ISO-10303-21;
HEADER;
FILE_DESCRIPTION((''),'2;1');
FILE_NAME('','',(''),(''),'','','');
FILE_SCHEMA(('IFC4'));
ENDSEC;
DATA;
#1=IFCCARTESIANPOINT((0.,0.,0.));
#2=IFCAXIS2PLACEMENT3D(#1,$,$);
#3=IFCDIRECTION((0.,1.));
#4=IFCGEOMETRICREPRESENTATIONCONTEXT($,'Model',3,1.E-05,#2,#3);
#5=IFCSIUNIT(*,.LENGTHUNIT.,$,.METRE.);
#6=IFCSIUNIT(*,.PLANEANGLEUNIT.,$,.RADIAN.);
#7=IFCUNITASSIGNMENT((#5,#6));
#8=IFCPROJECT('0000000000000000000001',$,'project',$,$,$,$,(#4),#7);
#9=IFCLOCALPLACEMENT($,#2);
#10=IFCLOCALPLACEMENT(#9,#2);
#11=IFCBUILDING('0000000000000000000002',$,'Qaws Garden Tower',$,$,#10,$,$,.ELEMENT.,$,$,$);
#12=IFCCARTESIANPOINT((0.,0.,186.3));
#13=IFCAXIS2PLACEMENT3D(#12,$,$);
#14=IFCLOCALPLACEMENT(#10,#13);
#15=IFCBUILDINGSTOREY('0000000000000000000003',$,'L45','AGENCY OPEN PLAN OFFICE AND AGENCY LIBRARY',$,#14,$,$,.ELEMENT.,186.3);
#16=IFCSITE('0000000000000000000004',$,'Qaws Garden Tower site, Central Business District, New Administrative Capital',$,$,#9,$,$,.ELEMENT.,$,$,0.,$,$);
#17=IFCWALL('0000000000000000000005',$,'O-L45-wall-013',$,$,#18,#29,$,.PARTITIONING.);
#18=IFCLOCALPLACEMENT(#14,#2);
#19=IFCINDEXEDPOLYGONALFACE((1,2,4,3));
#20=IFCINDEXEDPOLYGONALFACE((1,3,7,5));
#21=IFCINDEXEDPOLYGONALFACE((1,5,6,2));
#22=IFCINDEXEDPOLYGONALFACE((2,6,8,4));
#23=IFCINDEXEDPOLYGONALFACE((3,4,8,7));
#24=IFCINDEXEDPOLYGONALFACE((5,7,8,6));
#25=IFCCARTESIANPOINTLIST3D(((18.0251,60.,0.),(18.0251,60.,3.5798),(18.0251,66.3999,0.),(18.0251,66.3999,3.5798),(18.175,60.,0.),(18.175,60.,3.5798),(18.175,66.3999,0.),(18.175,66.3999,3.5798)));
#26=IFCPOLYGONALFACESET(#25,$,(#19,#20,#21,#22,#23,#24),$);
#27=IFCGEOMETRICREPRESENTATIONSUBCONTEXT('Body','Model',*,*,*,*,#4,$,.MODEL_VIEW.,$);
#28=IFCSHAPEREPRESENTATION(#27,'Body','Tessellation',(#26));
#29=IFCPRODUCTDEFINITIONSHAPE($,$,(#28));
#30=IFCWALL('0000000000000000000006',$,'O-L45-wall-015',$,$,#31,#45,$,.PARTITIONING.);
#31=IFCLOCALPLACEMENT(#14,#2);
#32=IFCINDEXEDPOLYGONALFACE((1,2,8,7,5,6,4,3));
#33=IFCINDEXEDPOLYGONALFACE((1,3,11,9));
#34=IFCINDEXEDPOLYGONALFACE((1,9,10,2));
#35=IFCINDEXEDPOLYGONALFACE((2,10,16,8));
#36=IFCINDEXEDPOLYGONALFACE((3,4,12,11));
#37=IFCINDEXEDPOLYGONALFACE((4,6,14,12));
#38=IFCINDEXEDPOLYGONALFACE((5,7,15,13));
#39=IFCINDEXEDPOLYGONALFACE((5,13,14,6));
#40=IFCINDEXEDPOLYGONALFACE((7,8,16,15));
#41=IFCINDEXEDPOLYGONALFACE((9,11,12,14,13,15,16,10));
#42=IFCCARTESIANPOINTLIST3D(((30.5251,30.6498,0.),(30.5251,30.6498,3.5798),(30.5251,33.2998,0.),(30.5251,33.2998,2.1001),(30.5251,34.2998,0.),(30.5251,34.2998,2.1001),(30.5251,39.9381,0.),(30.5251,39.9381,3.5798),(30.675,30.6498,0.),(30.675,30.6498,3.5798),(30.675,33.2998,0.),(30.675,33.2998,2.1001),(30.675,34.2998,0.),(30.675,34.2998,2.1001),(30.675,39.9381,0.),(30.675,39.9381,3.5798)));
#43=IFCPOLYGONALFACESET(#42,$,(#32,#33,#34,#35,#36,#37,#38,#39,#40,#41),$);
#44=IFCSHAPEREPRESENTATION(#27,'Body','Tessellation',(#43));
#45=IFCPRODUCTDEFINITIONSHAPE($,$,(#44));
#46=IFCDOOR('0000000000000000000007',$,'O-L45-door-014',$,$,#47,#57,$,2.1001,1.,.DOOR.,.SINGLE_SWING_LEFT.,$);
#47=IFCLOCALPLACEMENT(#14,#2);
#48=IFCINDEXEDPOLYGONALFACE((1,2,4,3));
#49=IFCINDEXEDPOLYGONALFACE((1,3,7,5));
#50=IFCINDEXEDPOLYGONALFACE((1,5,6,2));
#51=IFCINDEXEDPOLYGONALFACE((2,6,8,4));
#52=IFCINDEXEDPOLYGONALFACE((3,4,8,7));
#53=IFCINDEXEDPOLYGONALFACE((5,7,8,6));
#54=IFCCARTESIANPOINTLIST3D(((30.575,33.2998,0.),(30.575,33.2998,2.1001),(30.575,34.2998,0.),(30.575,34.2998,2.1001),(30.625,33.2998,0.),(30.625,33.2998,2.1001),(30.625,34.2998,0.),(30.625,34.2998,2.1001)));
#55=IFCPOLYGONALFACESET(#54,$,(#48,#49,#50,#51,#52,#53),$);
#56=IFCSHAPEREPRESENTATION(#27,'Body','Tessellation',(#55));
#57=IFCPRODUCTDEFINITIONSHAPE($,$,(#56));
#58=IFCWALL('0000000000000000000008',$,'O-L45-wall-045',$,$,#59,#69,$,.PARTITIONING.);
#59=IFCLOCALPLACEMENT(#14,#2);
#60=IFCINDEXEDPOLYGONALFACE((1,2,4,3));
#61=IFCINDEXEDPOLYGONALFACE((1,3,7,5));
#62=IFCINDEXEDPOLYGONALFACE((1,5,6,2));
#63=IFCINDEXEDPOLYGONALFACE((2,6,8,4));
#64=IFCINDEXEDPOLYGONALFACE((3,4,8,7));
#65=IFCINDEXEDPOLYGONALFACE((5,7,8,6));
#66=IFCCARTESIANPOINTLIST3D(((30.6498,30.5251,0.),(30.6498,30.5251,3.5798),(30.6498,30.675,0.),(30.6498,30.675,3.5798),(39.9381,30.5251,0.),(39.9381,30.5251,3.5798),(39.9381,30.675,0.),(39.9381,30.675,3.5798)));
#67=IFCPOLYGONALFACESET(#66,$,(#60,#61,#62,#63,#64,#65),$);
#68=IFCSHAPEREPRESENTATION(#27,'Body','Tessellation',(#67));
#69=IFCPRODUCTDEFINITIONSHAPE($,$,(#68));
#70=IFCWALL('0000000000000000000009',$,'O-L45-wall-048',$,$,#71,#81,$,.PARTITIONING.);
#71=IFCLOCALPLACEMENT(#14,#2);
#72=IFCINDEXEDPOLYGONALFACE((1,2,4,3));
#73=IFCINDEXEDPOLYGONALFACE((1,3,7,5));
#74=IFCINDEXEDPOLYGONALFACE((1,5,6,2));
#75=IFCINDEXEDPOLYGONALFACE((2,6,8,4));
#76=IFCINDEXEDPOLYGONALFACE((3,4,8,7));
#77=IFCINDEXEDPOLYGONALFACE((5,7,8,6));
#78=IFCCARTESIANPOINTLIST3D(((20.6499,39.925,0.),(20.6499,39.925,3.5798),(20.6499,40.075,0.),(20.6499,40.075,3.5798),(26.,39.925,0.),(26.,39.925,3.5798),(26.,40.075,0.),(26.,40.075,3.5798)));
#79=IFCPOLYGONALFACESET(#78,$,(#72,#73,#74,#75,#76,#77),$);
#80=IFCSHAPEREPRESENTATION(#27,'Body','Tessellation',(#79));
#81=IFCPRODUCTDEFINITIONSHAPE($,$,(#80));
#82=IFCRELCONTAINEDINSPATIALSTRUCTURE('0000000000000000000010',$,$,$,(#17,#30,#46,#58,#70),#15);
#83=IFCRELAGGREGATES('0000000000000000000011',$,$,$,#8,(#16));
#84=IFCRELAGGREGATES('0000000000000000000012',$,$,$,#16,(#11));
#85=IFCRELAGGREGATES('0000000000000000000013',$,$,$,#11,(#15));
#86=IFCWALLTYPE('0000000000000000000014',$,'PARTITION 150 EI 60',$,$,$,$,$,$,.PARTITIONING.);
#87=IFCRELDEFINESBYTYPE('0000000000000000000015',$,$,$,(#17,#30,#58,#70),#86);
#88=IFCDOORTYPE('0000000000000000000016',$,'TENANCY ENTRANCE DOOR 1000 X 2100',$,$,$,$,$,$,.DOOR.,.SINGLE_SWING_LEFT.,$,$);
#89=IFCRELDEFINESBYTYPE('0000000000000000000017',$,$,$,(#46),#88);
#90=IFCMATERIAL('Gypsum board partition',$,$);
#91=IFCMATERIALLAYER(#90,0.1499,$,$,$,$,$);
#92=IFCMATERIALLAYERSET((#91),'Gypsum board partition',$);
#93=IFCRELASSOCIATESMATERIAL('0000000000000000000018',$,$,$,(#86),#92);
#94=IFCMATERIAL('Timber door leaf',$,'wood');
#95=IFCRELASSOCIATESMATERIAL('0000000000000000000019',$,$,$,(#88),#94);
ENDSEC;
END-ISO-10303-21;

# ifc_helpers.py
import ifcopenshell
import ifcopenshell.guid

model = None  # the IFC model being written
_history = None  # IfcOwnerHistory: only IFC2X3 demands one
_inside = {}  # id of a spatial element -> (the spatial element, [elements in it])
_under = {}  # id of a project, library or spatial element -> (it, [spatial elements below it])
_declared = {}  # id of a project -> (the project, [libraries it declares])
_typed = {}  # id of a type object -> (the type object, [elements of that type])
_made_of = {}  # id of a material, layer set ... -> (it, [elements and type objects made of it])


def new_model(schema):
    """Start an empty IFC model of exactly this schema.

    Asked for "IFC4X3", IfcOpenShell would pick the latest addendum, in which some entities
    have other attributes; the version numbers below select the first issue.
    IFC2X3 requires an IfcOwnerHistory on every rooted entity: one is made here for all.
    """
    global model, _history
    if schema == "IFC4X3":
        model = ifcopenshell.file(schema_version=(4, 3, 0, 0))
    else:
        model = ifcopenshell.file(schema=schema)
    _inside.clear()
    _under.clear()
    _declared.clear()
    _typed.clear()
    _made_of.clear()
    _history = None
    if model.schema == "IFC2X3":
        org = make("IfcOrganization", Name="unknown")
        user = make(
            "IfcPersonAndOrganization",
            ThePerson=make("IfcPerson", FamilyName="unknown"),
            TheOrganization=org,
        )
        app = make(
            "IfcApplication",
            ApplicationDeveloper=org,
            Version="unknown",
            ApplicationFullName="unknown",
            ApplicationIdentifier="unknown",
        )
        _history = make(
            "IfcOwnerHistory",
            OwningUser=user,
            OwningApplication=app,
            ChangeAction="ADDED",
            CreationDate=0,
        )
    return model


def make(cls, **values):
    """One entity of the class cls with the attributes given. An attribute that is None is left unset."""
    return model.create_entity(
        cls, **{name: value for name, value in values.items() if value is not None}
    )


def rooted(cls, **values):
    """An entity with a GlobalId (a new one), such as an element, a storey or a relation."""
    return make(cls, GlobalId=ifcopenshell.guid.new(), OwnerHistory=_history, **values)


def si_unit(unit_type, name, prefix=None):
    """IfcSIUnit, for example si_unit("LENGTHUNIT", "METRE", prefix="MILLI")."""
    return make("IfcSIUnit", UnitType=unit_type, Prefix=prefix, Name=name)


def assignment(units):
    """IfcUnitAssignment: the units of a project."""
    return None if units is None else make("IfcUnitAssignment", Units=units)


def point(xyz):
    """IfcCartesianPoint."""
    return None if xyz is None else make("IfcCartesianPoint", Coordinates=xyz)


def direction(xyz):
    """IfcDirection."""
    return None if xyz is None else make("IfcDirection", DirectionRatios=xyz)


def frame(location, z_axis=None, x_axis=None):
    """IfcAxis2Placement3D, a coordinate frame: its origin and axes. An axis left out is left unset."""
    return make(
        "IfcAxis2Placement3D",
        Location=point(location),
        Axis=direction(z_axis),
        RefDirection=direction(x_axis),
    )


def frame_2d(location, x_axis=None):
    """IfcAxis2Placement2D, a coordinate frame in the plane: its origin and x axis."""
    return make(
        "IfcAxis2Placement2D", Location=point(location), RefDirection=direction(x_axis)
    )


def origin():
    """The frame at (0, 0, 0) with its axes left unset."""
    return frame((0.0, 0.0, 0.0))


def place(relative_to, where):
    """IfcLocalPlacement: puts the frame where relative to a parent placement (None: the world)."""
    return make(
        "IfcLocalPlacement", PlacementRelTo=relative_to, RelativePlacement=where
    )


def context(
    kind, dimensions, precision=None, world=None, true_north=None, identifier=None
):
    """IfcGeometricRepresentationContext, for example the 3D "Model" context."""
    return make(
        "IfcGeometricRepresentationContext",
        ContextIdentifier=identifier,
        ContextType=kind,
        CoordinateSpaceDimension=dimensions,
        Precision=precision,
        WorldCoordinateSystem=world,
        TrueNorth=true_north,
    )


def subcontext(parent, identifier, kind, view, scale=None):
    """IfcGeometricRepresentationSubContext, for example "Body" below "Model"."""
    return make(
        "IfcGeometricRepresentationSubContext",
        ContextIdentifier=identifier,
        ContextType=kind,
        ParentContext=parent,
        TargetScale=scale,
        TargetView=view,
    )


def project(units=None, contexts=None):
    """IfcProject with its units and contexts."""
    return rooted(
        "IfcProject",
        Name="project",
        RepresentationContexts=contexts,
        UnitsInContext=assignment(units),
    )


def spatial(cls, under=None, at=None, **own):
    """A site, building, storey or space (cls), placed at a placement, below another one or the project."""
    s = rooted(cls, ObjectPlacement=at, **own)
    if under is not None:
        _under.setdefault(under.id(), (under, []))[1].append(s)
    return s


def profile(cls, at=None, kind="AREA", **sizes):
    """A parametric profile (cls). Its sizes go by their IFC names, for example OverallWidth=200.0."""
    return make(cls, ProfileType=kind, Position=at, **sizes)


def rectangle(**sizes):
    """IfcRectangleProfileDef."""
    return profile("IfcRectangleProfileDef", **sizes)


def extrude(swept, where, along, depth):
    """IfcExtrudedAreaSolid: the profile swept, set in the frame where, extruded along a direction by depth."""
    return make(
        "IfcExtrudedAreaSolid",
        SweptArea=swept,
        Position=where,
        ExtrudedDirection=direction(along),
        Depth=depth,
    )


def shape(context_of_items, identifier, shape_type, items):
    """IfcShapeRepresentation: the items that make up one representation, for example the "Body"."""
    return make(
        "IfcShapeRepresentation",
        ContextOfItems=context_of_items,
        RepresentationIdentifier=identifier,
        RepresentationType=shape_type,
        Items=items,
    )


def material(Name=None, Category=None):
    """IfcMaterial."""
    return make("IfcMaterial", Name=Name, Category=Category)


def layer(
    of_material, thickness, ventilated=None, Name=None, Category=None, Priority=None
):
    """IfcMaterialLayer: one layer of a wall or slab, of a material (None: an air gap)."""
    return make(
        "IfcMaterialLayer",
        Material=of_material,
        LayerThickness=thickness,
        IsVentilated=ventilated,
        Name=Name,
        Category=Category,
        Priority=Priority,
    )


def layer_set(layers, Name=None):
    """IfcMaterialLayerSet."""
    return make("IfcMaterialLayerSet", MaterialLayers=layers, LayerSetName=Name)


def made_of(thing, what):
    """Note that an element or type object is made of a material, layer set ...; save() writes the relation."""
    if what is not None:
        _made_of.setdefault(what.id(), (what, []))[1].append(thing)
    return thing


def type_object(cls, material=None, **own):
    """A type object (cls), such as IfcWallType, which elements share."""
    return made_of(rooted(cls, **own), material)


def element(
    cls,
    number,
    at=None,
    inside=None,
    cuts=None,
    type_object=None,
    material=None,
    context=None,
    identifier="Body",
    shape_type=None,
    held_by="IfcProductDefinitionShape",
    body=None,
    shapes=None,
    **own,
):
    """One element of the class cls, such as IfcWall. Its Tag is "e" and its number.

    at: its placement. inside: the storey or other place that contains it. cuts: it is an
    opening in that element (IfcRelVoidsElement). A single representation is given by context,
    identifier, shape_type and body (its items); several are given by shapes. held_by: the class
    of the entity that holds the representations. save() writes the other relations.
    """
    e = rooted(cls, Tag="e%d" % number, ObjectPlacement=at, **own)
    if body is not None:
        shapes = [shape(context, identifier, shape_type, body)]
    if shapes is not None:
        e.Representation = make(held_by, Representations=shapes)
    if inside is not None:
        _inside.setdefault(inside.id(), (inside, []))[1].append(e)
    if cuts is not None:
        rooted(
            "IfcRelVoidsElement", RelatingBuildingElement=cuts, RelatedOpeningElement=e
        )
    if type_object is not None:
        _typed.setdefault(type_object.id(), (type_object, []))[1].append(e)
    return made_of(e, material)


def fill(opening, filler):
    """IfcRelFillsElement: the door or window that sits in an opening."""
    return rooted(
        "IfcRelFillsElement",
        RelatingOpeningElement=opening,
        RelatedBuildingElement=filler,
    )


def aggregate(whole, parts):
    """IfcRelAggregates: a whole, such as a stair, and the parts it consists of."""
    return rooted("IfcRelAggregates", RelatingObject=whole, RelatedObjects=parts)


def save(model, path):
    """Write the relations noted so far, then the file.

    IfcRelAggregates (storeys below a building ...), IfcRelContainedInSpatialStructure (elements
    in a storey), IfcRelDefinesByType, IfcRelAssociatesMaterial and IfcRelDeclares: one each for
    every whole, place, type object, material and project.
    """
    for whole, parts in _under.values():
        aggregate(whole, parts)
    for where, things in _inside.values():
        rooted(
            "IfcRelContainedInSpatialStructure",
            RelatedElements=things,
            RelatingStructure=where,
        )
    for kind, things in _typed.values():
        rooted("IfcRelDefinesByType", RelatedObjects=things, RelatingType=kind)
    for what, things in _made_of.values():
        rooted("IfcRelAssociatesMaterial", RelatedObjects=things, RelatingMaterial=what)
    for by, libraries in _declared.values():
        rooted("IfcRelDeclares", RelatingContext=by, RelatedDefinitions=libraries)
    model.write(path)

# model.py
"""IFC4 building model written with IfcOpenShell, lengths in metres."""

from ifc_helpers import new_model, si_unit, direction, frame, frame_2d, origin, place, context, subcontext, project, spatial, rectangle, extrude, material, layer, layer_set, type_object, element, fill, save


model = new_model("IFC4")

# Units and contexts
model_context = context("Model", 3, precision=1e-05, world=origin(), true_north=direction((0.0, 1.0)))
body_context = subcontext(model_context, "Body", "Model", "MODEL_VIEW")
ifc_project = project(units=[si_unit("LENGTHUNIT", "METRE"), si_unit("PLANEANGLEUNIT", "RADIAN")], contexts=[model_context])

# Site, building, storey
site_placement = place(None, origin())
site = spatial("IfcSite", under=ifc_project, at=site_placement, Name="Qaws Garden Tower site, Central Business District, New Administrative Capital", CompositionType="ELEMENT", RefElevation=0.0)
building_placement = place(site_placement, origin())
building = spatial("IfcBuilding", under=site, at=building_placement, Name="Qaws Garden Tower", CompositionType="ELEMENT")
storey_placement = place(building_placement, frame((0.0, 0.0, 186.3)))
storey = spatial("IfcBuildingStorey", under=building, at=storey_placement, Name="L45", Description="AGENCY OPEN PLAN OFFICE AND AGENCY LIBRARY", CompositionType="ELEMENT", Elevation=186.3)

# Wall
ifc_material_1 = material(Name="Gypsum board partition")
ifc_layer_1 = layer(ifc_material_1, 0.1499)
ifc_layer_set_1 = layer_set([ifc_layer_1], Name="Gypsum board partition")
wall_type_1 = type_object("IfcWallType", Name="PARTITION 150 EI 60", PredefinedType="PARTITIONING", material=ifc_layer_set_1)
wall_1_placement = place(storey_placement, frame((18.1001, 60.0, 0.0), z_axis=(0.0, 0.0, 1.0), x_axis=(0.0, 1.0, 0.0)))
element("IfcWall", 1, at=wall_1_placement, inside=storey, type_object=wall_type_1, Name="O-L45-wall-013", PredefinedType="PARTITIONING", context=body_context, shape_type="SweptSolid", body=[
    extrude(rectangle(XDim=6.3999, YDim=0.1499, at=frame_2d((3.2, 0.0))), origin(), (0.0, 0.0, 1.0), 3.5798),
])

# Wall, opening, door
wall_2_placement = place(storey_placement, frame((30.6001, 30.6499, 0.0), z_axis=(0.0, 0.0, 1.0), x_axis=(0.0, 1.0, 0.0)))
wall_2 = element("IfcWall", 2, at=wall_2_placement, inside=storey, type_object=wall_type_1, Name="O-L45-wall-015", PredefinedType="PARTITIONING", context=body_context, shape_type="SweptSolid", body=[
    extrude(rectangle(XDim=9.2883, YDim=0.1499, at=frame_2d((4.644, 0.0))), origin(), (0.0, 0.0, 1.0), 3.5798),
])
opening_1_placement = place(wall_2_placement, frame((2.6499, 0.0, 0.0)))
opening_1 = element("IfcOpeningElement", 3, at=opening_1_placement, cuts=wall_2, PredefinedType="OPENING", context=body_context, shape_type="SweptSolid", body=[
    extrude(rectangle(XDim=1.0, YDim=2.1001, at=frame_2d((0.5, 1.05))), frame((0.0, 0.085, 0.0), z_axis=(0.0, -1.0, 0.0), x_axis=(1.0, 0.0, 0.0)), (0.0, 0.0, 1.0), 0.1699),
])
ifc_material_2 = material(Name="Timber door leaf", Category="wood")
door_type = type_object("IfcDoorType", Name="TENANCY ENTRANCE DOOR 1000 X 2100", OperationType="SINGLE_SWING_LEFT", PredefinedType="DOOR", material=ifc_material_2)
door_placement = place(opening_1_placement, frame((1.0, 0.0, 0.0), z_axis=(0.0, 0.0, 1.0), x_axis=(-1.0, 0.0, 0.0)))
door = element("IfcDoor", 4, at=door_placement, inside=storey, type_object=door_type, Name="O-L45-door-014", OperationType="SINGLE_SWING_LEFT", OverallHeight=2.1001, OverallWidth=1.0, PredefinedType="DOOR", context=body_context, shape_type="SweptSolid", body=[
    extrude(rectangle(XDim=1.0, YDim=2.1001, at=frame_2d((0.5, 1.05))), frame((0.0, 0.0249, 0.0), z_axis=(0.0, -1.0, 0.0), x_axis=(1.0, 0.0, 0.0)), (0.0, 0.0, 1.0), 0.05),
])
fill(opening_1, door)

# Walls
wall_3_placement = place(storey_placement, frame((30.6499, 30.6001, 0.0), z_axis=(0.0, 0.0, 1.0), x_axis=(1.0, 0.0, 0.0)))
element("IfcWall", 5, at=wall_3_placement, inside=storey, type_object=wall_type_1, Name="O-L45-wall-045", PredefinedType="PARTITIONING", context=body_context, shape_type="SweptSolid", body=[
    extrude(rectangle(XDim=9.2883, YDim=0.1499, at=frame_2d((4.644, 0.0))), origin(), (0.0, 0.0, 1.0), 3.5798),
])
wall_4_placement = place(storey_placement, frame((20.6499, 40.0, 0.0), z_axis=(0.0, 0.0, 1.0), x_axis=(1.0, 0.0, 0.0)))
element("IfcWall", 6, at=wall_4_placement, inside=storey, type_object=wall_type_1, Name="O-L45-wall-048", PredefinedType="PARTITIONING", context=body_context, shape_type="SweptSolid", body=[
    extrude(rectangle(XDim=5.3501, YDim=0.1499, at=frame_2d((2.675, 0.0))), origin(), (0.0, 0.0, 1.0), 3.5798),
])

save(model, "model.ifc")
